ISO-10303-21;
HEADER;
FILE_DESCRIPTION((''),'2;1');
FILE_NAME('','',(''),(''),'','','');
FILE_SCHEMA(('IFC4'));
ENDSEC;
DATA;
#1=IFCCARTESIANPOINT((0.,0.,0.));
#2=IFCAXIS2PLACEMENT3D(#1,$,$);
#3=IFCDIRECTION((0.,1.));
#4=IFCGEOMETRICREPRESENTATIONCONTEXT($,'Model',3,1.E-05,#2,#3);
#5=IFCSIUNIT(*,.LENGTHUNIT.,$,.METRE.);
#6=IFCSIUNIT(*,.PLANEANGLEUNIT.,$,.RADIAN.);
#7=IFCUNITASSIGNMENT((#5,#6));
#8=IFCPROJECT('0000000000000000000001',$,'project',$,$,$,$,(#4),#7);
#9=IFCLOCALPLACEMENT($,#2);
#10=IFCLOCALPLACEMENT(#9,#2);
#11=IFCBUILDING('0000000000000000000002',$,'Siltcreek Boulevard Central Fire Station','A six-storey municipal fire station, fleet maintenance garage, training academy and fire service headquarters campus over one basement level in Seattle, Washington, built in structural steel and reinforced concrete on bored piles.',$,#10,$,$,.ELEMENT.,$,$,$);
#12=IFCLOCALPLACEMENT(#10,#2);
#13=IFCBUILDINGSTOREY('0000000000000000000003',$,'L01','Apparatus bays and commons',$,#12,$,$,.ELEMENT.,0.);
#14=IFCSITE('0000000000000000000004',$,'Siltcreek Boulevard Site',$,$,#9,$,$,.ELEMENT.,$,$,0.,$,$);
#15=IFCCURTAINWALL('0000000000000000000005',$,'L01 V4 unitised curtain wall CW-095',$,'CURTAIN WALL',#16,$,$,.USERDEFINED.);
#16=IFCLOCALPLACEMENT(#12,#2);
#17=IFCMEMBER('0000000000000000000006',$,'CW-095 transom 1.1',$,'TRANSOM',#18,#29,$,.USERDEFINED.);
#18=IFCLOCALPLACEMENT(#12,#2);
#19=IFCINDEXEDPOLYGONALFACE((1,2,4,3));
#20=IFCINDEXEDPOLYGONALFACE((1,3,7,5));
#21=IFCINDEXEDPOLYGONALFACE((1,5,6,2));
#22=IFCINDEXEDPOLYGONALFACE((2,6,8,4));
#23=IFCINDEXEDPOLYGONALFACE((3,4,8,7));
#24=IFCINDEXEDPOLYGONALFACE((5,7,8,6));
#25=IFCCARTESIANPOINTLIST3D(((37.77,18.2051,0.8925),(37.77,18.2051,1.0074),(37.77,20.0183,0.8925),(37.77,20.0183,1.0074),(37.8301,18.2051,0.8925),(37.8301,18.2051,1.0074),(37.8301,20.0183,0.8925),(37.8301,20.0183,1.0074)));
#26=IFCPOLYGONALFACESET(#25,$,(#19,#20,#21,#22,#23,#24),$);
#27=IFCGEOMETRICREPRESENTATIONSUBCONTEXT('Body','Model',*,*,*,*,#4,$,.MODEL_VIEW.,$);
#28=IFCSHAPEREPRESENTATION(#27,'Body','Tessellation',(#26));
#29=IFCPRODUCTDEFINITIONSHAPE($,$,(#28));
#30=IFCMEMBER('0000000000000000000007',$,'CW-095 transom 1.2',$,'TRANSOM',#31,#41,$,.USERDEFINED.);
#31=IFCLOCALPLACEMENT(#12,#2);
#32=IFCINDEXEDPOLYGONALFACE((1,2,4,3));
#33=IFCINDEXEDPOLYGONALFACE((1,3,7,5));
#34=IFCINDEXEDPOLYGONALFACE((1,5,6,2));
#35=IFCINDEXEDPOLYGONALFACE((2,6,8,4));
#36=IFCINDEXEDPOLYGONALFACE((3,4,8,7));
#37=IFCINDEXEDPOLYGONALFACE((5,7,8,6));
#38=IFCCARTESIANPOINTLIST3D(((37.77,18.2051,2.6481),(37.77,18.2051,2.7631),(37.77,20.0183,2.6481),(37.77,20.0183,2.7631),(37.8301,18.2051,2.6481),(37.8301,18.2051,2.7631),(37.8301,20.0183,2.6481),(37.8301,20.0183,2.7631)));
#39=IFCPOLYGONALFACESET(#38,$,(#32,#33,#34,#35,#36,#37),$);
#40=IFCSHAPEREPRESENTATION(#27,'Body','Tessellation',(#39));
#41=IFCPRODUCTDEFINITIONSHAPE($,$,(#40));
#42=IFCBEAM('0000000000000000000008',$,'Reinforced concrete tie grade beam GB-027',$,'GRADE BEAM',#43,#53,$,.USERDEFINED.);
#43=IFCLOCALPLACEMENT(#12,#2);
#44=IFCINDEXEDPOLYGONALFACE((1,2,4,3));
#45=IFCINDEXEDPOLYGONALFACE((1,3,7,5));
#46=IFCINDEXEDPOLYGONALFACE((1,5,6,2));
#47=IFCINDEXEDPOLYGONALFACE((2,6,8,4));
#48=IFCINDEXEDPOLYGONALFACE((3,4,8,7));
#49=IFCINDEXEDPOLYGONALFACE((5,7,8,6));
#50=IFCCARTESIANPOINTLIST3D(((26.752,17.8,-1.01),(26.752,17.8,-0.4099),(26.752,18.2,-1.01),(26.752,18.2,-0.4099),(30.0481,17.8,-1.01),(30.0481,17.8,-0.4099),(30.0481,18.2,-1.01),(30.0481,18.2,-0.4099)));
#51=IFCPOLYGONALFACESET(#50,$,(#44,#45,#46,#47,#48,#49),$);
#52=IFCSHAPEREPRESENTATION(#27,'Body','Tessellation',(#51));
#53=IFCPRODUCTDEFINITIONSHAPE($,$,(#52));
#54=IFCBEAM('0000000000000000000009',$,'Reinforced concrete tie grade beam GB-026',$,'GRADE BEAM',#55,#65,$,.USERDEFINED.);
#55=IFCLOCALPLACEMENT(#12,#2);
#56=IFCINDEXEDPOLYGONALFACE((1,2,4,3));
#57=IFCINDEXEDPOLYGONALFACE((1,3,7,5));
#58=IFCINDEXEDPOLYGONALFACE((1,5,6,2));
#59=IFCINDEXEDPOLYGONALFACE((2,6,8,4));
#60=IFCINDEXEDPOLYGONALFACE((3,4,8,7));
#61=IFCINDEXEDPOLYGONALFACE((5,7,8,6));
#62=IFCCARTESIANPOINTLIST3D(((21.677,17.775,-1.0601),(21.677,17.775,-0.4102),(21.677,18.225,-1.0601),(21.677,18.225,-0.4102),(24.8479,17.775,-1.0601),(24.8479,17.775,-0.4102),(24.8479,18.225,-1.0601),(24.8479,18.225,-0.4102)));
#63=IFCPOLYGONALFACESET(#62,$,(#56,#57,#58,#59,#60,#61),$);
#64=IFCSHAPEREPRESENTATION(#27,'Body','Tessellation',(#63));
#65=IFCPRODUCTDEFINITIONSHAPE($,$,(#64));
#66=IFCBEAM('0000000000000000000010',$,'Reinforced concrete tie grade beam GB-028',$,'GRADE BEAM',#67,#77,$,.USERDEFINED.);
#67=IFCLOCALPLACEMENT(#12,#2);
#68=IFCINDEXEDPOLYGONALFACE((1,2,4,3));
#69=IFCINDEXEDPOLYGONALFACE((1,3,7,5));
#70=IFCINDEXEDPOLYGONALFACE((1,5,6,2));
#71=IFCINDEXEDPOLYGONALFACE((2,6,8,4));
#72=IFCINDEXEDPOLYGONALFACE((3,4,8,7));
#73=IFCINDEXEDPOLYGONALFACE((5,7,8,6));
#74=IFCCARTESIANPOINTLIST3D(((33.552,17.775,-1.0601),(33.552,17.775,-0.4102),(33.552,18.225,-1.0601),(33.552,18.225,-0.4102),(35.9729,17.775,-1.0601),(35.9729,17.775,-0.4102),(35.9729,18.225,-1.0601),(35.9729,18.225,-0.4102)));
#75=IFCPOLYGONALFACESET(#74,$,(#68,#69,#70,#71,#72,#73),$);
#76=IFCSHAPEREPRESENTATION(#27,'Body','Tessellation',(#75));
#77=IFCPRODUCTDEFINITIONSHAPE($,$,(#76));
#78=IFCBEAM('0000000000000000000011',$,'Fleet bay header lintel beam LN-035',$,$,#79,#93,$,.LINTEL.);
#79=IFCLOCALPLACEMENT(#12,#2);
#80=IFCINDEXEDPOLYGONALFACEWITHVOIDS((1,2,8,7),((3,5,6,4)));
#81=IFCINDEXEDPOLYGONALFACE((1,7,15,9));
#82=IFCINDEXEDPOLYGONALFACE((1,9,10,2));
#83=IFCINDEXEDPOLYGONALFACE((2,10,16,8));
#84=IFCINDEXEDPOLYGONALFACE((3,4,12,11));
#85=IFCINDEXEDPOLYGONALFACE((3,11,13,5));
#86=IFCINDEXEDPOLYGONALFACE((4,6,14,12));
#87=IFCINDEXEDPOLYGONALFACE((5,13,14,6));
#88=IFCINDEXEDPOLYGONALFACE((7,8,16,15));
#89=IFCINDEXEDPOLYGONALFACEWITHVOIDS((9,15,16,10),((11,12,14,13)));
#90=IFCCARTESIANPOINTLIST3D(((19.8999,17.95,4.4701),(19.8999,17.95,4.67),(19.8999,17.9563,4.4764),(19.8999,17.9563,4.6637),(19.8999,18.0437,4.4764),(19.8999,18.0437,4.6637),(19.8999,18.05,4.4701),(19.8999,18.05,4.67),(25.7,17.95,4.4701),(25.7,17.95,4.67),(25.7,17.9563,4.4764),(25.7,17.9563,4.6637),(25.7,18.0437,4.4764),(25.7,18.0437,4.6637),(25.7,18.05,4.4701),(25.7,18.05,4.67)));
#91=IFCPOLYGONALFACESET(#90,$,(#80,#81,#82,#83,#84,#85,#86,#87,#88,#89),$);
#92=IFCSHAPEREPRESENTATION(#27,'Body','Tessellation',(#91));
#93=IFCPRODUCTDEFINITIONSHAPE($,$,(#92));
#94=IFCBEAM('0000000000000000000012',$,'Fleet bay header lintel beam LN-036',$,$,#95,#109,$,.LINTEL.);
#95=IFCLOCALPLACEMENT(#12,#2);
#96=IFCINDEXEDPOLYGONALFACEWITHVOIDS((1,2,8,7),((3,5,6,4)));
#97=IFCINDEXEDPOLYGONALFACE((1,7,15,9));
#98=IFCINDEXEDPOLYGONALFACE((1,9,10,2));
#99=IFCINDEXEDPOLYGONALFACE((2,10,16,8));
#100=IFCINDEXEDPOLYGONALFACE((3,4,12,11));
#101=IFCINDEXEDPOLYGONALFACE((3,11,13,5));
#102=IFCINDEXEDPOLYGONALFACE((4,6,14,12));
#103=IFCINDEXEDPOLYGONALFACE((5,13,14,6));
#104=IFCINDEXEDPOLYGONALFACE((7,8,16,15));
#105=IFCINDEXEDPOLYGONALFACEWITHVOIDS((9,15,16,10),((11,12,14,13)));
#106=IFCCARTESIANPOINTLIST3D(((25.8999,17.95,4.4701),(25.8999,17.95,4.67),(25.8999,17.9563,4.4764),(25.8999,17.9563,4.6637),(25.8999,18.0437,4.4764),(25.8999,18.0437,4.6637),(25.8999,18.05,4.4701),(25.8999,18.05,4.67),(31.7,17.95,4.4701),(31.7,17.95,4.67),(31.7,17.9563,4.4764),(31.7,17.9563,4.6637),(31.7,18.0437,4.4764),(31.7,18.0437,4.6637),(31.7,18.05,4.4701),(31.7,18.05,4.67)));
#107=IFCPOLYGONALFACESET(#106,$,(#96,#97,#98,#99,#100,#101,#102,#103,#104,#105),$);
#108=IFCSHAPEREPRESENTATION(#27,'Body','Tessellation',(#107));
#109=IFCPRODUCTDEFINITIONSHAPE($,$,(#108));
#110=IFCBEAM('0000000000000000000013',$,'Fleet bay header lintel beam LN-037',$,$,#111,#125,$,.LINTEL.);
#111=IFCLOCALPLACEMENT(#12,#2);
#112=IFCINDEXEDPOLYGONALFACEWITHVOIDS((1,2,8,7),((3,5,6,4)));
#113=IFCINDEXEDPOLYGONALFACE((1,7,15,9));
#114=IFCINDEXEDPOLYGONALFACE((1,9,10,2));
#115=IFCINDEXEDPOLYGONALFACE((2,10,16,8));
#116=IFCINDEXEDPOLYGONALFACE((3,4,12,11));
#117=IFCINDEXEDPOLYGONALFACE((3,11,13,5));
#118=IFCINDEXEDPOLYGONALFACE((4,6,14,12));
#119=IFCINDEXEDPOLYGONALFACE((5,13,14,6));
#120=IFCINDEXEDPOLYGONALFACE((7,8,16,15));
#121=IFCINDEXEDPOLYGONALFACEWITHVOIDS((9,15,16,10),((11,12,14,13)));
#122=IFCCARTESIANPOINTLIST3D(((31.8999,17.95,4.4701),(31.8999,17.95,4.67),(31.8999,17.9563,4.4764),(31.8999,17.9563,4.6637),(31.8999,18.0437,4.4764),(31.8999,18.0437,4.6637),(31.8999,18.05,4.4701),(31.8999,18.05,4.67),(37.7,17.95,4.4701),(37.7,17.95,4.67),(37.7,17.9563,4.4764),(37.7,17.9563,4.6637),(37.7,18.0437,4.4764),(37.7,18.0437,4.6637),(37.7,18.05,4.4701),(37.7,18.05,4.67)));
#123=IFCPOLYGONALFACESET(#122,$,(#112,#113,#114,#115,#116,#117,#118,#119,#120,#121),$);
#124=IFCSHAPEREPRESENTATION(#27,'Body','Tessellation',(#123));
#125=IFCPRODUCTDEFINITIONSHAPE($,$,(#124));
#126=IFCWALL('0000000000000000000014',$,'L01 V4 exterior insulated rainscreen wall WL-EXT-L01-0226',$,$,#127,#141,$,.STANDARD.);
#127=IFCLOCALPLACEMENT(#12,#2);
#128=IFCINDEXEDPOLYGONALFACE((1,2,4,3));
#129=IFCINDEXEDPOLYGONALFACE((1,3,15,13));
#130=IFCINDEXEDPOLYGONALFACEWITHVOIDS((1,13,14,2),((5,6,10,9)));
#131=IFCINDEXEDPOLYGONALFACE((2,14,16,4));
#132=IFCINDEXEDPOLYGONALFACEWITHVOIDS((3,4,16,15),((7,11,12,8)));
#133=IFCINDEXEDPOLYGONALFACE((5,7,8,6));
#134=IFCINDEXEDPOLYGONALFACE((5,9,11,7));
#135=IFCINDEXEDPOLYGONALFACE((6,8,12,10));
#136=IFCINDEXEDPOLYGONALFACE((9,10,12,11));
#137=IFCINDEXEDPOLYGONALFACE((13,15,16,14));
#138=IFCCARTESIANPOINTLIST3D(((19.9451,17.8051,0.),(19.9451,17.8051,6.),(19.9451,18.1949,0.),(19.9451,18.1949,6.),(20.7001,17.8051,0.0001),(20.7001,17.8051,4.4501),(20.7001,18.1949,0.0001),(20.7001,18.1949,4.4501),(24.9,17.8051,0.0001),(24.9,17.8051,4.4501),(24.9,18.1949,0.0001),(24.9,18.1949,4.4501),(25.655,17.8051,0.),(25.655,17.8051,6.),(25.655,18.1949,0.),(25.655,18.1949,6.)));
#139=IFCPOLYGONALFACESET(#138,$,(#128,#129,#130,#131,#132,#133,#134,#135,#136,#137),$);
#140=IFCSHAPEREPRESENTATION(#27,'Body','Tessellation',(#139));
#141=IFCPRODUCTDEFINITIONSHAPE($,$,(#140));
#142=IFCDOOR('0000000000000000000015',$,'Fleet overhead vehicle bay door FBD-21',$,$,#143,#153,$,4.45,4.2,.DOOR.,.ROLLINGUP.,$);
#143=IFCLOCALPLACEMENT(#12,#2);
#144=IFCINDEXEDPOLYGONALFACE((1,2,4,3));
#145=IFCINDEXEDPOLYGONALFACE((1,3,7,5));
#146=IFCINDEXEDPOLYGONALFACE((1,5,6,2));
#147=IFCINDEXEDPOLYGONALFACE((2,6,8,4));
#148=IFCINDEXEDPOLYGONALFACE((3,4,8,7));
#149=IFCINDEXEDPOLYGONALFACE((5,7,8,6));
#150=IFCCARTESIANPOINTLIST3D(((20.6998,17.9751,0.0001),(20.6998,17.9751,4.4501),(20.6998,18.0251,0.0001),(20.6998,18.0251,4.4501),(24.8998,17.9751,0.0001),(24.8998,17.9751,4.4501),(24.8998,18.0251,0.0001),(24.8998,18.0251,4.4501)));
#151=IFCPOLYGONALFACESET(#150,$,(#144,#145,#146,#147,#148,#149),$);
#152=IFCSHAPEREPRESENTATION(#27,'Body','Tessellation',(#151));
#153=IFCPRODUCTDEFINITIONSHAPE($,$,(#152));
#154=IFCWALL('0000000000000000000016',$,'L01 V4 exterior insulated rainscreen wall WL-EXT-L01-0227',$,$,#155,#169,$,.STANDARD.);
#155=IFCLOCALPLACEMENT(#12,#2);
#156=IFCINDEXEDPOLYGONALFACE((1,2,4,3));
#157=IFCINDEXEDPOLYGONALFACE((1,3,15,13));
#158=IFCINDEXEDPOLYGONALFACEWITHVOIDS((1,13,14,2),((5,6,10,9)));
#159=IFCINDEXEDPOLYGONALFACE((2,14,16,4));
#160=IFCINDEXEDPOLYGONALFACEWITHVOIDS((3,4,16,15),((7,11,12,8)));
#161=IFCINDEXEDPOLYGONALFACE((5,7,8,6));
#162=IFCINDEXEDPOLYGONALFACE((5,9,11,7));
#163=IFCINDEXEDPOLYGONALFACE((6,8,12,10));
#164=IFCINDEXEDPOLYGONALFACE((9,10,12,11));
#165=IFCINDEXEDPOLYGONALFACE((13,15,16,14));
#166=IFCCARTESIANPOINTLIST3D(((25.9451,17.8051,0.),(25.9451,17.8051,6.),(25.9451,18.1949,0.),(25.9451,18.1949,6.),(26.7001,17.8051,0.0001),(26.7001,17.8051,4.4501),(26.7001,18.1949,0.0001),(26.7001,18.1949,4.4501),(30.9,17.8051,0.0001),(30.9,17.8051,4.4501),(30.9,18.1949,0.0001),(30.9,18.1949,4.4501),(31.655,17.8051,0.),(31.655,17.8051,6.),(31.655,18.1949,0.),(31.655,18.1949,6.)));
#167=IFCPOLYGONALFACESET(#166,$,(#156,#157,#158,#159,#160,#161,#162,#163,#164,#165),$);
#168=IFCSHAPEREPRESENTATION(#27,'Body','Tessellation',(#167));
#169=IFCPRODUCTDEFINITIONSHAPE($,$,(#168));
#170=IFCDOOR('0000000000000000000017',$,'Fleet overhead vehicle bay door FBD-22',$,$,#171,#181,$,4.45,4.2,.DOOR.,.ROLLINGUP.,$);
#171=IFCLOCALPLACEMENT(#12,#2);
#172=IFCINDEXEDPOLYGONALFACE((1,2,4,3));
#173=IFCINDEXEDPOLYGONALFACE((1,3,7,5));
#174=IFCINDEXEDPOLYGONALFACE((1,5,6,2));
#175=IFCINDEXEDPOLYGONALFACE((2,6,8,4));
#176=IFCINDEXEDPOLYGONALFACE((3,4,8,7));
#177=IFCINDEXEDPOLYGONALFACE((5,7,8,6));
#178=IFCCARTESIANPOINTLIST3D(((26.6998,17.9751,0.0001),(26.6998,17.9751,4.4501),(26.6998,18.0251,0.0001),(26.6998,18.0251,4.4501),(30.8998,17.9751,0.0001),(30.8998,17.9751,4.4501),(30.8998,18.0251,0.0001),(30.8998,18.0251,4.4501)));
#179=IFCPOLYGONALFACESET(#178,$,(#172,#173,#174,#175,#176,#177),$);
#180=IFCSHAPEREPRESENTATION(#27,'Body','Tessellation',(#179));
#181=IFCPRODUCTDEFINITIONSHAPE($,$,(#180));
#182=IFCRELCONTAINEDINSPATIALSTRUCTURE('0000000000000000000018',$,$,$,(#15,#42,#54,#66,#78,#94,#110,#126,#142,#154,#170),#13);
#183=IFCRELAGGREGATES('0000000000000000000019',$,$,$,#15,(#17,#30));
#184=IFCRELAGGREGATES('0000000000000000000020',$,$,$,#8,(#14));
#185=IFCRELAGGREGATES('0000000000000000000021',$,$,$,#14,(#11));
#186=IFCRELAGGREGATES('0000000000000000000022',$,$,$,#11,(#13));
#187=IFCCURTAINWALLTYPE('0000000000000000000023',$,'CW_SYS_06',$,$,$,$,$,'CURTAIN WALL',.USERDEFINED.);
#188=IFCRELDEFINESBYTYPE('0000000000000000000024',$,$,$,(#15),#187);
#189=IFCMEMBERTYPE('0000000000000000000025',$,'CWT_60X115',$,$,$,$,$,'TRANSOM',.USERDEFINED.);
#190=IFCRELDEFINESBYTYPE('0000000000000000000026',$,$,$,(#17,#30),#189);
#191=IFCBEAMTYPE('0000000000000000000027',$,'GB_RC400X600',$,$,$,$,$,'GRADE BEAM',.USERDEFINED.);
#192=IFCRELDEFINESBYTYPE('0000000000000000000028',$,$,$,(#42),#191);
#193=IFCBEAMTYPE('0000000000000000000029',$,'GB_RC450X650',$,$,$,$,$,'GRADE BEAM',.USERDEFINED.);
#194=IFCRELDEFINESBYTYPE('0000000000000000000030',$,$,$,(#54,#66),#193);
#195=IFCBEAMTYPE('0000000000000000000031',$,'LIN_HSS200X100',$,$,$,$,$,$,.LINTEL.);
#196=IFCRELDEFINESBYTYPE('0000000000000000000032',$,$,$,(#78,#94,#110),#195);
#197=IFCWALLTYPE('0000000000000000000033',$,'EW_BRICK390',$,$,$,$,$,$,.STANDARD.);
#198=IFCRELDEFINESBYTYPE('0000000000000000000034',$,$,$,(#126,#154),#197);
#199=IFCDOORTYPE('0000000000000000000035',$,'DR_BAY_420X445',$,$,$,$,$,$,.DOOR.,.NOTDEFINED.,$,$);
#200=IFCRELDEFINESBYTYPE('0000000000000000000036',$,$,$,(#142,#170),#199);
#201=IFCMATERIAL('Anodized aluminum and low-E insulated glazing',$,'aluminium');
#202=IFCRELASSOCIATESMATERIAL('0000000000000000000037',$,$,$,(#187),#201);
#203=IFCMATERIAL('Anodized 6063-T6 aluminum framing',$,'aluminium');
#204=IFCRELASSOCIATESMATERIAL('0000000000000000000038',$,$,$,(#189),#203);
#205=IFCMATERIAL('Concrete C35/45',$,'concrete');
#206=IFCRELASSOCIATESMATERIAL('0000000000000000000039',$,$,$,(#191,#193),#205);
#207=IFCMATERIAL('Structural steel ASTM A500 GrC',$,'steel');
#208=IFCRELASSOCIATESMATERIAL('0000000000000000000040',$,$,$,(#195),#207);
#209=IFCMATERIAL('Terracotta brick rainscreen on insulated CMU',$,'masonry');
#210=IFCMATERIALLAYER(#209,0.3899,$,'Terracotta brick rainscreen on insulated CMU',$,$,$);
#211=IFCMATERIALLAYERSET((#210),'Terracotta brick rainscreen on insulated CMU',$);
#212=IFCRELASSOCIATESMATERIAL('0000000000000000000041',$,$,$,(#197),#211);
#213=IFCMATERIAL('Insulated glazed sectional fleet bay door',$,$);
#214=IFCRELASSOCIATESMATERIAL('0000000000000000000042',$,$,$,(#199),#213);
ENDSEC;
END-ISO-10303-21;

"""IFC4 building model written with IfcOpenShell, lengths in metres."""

from ifc_helpers import new_model, si_unit, direction, frame, frame_2d, origin, origin_2d, place, context, subcontext, project, spatial, rectangle, hollow_rectangle, extrude, material, layer, layer_set, material_profile, profile_set, type_object, element, fill, aggregate, save


model = new_model("IFC4")

# Units and contexts
model_context = context("Model", 3, precision=1e-05, world=origin(), true_north=direction((0.0, 1.0)))
body_context = subcontext(model_context, "Body", "Model", "MODEL_VIEW")
ifc_project = project(units=[si_unit("LENGTHUNIT", "METRE"), si_unit("PLANEANGLEUNIT", "RADIAN")], contexts=[model_context])

# Site, building, storey
site_placement = place(None, origin())
site = spatial("IfcSite", under=ifc_project, at=site_placement, Name="Siltcreek Boulevard Site", CompositionType="ELEMENT", RefElevation=0.0)
building_placement = place(site_placement, origin())
building = spatial("IfcBuilding", under=site, at=building_placement, Name="Siltcreek Boulevard Central Fire Station", Description="A six-storey municipal fire station, fleet maintenance garage, training academy and fire service headquarters campus over one basement level in Seattle, Washington, built in structural steel and reinforced concrete on bored piles.", CompositionType="ELEMENT")
storey_placement = place(building_placement, origin())
storey = spatial("IfcBuildingStorey", under=building, at=storey_placement, Name="L01", Description="Apparatus bays and commons", CompositionType="ELEMENT", Elevation=0.0)

# Shared definitions
ifc_material_1 = material(Name="Concrete C35/45", Category="concrete")

# Curtain wall, members
ifc_material_2 = material(Name="Anodized aluminum and low-E insulated glazing", Category="aluminium")
curtain_wall_type = type_object("IfcCurtainWallType", Name="CW_SYS_06", ElementType="CURTAIN WALL", PredefinedType="USERDEFINED", material=ifc_material_2)
curtain_wall_placement = place(storey_placement, origin())
curtain_wall = element("IfcCurtainWall", 1, at=curtain_wall_placement, inside=storey, type_object=curtain_wall_type, Name="L01 V4 unitised curtain wall CW-095", ObjectType="CURTAIN WALL", PredefinedType="USERDEFINED")
ifc_material_3 = material(Name="Anodized 6063-T6 aluminum framing", Category="aluminium")
ifc_material_profile_1 = material_profile(ifc_material_3, rectangle(XDim=0.0601, YDim=0.115, at=origin_2d()), Name="TRAN60X115")
ifc_profile_set_1 = profile_set([ifc_material_profile_1], Name="Anodized 6063-T6 aluminum framing")
member_type_1 = type_object("IfcMemberType", Name="CWT_60X115", ElementType="TRANSOM", PredefinedType="USERDEFINED", material=ifc_profile_set_1)
member_1_placement = place(storey_placement, frame((37.8, 18.2051, 0.95), z_axis=(0.0, 1.0, 0.0), x_axis=(-1.0, 0.0, 0.0)))
member_1 = element("IfcMember", 2, at=member_1_placement, type_object=member_type_1, Name="CW-095 transom 1.1", ObjectType="TRANSOM", PredefinedType="USERDEFINED", context=body_context, shape_type="SweptSolid", body=[
    extrude(rectangle(XDim=0.0601, YDim=0.115, at=origin_2d()), origin(), (0.0, 0.0, 1.0), 1.8132),
])
member_2_placement = place(storey_placement, frame((37.8, 18.2051, 2.7056), z_axis=(0.0, 1.0, 0.0), x_axis=(-1.0, 0.0, 0.0)))
member_2 = element("IfcMember", 3, at=member_2_placement, type_object=member_type_1, Name="CW-095 transom 1.2", ObjectType="TRANSOM", PredefinedType="USERDEFINED", context=body_context, shape_type="SweptSolid", body=[
    extrude(rectangle(XDim=0.0601, YDim=0.115, at=origin_2d()), origin(), (0.0, 0.0, 1.0), 1.8132),
])
aggregate(curtain_wall, [member_1, member_2])

# Beams
ifc_material_profile_2 = material_profile(ifc_material_1, rectangle(XDim=0.3999, YDim=0.6001, at=origin_2d()), Name="RC400X600")
ifc_profile_set_2 = profile_set([ifc_material_profile_2], Name="Concrete C35/45")
beam_type_1 = type_object("IfcBeamType", Name="GB_RC400X600", ElementType="GRADE BEAM", PredefinedType="USERDEFINED", material=ifc_profile_set_2)
beam_1_placement = place(storey_placement, frame((26.752, 18.0, -0.71), z_axis=(1.0, 0.0, 0.0), x_axis=(0.0, 1.0, 0.0)))
element("IfcBeam", 4, at=beam_1_placement, inside=storey, type_object=beam_type_1, Name="Reinforced concrete tie grade beam GB-027", ObjectType="GRADE BEAM", PredefinedType="USERDEFINED", context=body_context, shape_type="SweptSolid", body=[
    extrude(rectangle(XDim=0.3999, YDim=0.6001, at=origin_2d()), origin(), (0.0, 0.0, 1.0), 3.2961),
])
ifc_material_profile_3 = material_profile(ifc_material_1, rectangle(XDim=0.45, YDim=0.6499, at=origin_2d()), Name="RC450X650")
ifc_profile_set_3 = profile_set([ifc_material_profile_3], Name="Concrete C35/45")
beam_type_2 = type_object("IfcBeamType", Name="GB_RC450X650", ElementType="GRADE BEAM", PredefinedType="USERDEFINED", material=ifc_profile_set_3)
beam_2_placement = place(storey_placement, frame((21.677, 18.0, -0.7351), z_axis=(1.0, 0.0, 0.0), x_axis=(0.0, 1.0, 0.0)))
element("IfcBeam", 5, at=beam_2_placement, inside=storey, type_object=beam_type_2, Name="Reinforced concrete tie grade beam GB-026", ObjectType="GRADE BEAM", PredefinedType="USERDEFINED", context=body_context, shape_type="SweptSolid", body=[
    extrude(rectangle(XDim=0.45, YDim=0.6499, at=origin_2d()), origin(), (0.0, 0.0, 1.0), 3.1709),
])
beam_3_placement = place(storey_placement, frame((33.552, 18.0, -0.7351), z_axis=(1.0, 0.0, 0.0), x_axis=(0.0, 1.0, 0.0)))
element("IfcBeam", 6, at=beam_3_placement, inside=storey, type_object=beam_type_2, Name="Reinforced concrete tie grade beam GB-028", ObjectType="GRADE BEAM", PredefinedType="USERDEFINED", context=body_context, shape_type="SweptSolid", body=[
    extrude(rectangle(XDim=0.45, YDim=0.6499, at=origin_2d()), origin(), (0.0, 0.0, 1.0), 2.4209),
])
ifc_material_4 = material(Name="Structural steel ASTM A500 GrC", Category="steel")
ifc_material_profile_4 = material_profile(ifc_material_4, hollow_rectangle(XDim=0.1001, YDim=0.2, WallThickness=0.0063, at=origin_2d()), Name="HSS200X100X6.4")
ifc_profile_set_4 = profile_set([ifc_material_profile_4], Name="Structural steel ASTM A500 GrC")
beam_type_3 = type_object("IfcBeamType", Name="LIN_HSS200X100", PredefinedType="LINTEL", material=ifc_profile_set_4)
for number, where, z_axis, x_axis, name in (
    (7, (19.8999, 18.0, 4.5701), (1.0, 0.0, 0.0), (0.0, 1.0, 0.0), "Fleet bay header lintel beam LN-035"),
    (8, (25.8999, 18.0, 4.5701), (1.0, 0.0, 0.0), (0.0, 1.0, 0.0), "Fleet bay header lintel beam LN-036"),
    (9, (31.8999, 18.0, 4.5701), (1.0, 0.0, 0.0), (0.0, 1.0, 0.0), "Fleet bay header lintel beam LN-037"),
):
    element("IfcBeam", number, at=place(storey_placement, frame(where, z_axis=z_axis, x_axis=x_axis)), inside=storey, type_object=beam_type_3, Name=name, PredefinedType="LINTEL", context=body_context, shape_type="SweptSolid", body=[
        extrude(hollow_rectangle(XDim=0.1001, YDim=0.2, WallThickness=0.0063, at=origin_2d()), origin(), (0.0, 0.0, 1.0), 5.8),
    ])

# Walls, openings, doors
ifc_material_5 = material(Name="Terracotta brick rainscreen on insulated CMU", Category="masonry")
ifc_layer_1 = layer(ifc_material_5, 0.3899, Name="Terracotta brick rainscreen on insulated CMU")
ifc_layer_set_1 = layer_set([ifc_layer_1], Name="Terracotta brick rainscreen on insulated CMU")
wall_type_1 = type_object("IfcWallType", Name="EW_BRICK390", PredefinedType="STANDARD", material=ifc_layer_set_1)
wall_1_placement = place(storey_placement, frame((19.9451, 18.0, 0.0), z_axis=(0.0, 0.0, 1.0), x_axis=(1.0, 0.0, 0.0)))
wall_1 = element("IfcWall", 10, at=wall_1_placement, inside=storey, type_object=wall_type_1, Name="L01 V4 exterior insulated rainscreen wall WL-EXT-L01-0226", PredefinedType="STANDARD", context=body_context, shape_type="SweptSolid", body=[
    extrude(rectangle(XDim=5.71, YDim=0.3899, at=frame_2d((2.855, 0.0))), origin(), (0.0, 0.0, 1.0), 6.0),
])
opening_1_placement = place(wall_1_placement, frame((0.7549, 0.0, 0.0)))
opening_1 = element("IfcOpeningElement", 11, at=opening_1_placement, cuts=wall_1, PredefinedType="OPENING", context=body_context, shape_type="SweptSolid", body=[
    extrude(rectangle(XDim=4.2, YDim=4.45, at=frame_2d((2.1001, 2.2251))), frame((0.0, 0.2048, 0.0), z_axis=(0.0, -1.0, 0.0), x_axis=(1.0, 0.0, 0.0)), (0.0, 0.0, 1.0), 0.4099),
])
ifc_material_6 = material(Name="Insulated glazed sectional fleet bay door")
door_type = type_object("IfcDoorType", Name="DR_BAY_420X445", OperationType="NOTDEFINED", PredefinedType="DOOR", material=ifc_material_6)
door_1_placement = place(opening_1_placement, frame((4.2, 0.0, 0.0), z_axis=(0.0, 0.0, 1.0), x_axis=(-1.0, 0.0, 0.0)))
door_1 = element("IfcDoor", 12, at=door_1_placement, inside=storey, type_object=door_type, Name="Fleet overhead vehicle bay door FBD-21", OperationType="ROLLINGUP", OverallHeight=4.45, OverallWidth=4.2, PredefinedType="DOOR", context=body_context, shape_type="SweptSolid", body=[
    extrude(rectangle(XDim=4.2, YDim=4.45, at=frame_2d((2.1001, 2.2251))), frame((0.0, 0.0249, 0.0), z_axis=(0.0, -1.0, 0.0), x_axis=(1.0, 0.0, 0.0)), (0.0, 0.0, 1.0), 0.05),
])
fill(opening_1, door_1)
wall_2_placement = place(storey_placement, frame((25.9451, 18.0, 0.0), z_axis=(0.0, 0.0, 1.0), x_axis=(1.0, 0.0, 0.0)))
wall_2 = element("IfcWall", 13, at=wall_2_placement, inside=storey, type_object=wall_type_1, Name="L01 V4 exterior insulated rainscreen wall WL-EXT-L01-0227", PredefinedType="STANDARD", context=body_context, shape_type="SweptSolid", body=[
    extrude(rectangle(XDim=5.71, YDim=0.3899, at=frame_2d((2.855, 0.0))), origin(), (0.0, 0.0, 1.0), 6.0),
])
opening_2_placement = place(wall_2_placement, frame((0.7549, 0.0, 0.0)))
opening_2 = element("IfcOpeningElement", 14, at=opening_2_placement, cuts=wall_2, PredefinedType="OPENING", context=body_context, shape_type="SweptSolid", body=[
    extrude(rectangle(XDim=4.2, YDim=4.45, at=frame_2d((2.1001, 2.2251))), frame((0.0, 0.2048, 0.0), z_axis=(0.0, -1.0, 0.0), x_axis=(1.0, 0.0, 0.0)), (0.0, 0.0, 1.0), 0.4099),
])
door_2_placement = place(opening_2_placement, frame((4.2, 0.0, 0.0), z_axis=(0.0, 0.0, 1.0), x_axis=(-1.0, 0.0, 0.0)))
door_2 = element("IfcDoor", 15, at=door_2_placement, inside=storey, type_object=door_type, Name="Fleet overhead vehicle bay door FBD-22", OperationType="ROLLINGUP", OverallHeight=4.45, OverallWidth=4.2, PredefinedType="DOOR", context=body_context, shape_type="SweptSolid", body=[
    extrude(rectangle(XDim=4.2, YDim=4.45, at=frame_2d((2.1001, 2.2251))), frame((0.0, 0.0249, 0.0), z_axis=(0.0, -1.0, 0.0), x_axis=(1.0, 0.0, 0.0)), (0.0, 0.0, 1.0), 0.05),
])
fill(opening_2, door_2)

save(model, "model.ifc")
